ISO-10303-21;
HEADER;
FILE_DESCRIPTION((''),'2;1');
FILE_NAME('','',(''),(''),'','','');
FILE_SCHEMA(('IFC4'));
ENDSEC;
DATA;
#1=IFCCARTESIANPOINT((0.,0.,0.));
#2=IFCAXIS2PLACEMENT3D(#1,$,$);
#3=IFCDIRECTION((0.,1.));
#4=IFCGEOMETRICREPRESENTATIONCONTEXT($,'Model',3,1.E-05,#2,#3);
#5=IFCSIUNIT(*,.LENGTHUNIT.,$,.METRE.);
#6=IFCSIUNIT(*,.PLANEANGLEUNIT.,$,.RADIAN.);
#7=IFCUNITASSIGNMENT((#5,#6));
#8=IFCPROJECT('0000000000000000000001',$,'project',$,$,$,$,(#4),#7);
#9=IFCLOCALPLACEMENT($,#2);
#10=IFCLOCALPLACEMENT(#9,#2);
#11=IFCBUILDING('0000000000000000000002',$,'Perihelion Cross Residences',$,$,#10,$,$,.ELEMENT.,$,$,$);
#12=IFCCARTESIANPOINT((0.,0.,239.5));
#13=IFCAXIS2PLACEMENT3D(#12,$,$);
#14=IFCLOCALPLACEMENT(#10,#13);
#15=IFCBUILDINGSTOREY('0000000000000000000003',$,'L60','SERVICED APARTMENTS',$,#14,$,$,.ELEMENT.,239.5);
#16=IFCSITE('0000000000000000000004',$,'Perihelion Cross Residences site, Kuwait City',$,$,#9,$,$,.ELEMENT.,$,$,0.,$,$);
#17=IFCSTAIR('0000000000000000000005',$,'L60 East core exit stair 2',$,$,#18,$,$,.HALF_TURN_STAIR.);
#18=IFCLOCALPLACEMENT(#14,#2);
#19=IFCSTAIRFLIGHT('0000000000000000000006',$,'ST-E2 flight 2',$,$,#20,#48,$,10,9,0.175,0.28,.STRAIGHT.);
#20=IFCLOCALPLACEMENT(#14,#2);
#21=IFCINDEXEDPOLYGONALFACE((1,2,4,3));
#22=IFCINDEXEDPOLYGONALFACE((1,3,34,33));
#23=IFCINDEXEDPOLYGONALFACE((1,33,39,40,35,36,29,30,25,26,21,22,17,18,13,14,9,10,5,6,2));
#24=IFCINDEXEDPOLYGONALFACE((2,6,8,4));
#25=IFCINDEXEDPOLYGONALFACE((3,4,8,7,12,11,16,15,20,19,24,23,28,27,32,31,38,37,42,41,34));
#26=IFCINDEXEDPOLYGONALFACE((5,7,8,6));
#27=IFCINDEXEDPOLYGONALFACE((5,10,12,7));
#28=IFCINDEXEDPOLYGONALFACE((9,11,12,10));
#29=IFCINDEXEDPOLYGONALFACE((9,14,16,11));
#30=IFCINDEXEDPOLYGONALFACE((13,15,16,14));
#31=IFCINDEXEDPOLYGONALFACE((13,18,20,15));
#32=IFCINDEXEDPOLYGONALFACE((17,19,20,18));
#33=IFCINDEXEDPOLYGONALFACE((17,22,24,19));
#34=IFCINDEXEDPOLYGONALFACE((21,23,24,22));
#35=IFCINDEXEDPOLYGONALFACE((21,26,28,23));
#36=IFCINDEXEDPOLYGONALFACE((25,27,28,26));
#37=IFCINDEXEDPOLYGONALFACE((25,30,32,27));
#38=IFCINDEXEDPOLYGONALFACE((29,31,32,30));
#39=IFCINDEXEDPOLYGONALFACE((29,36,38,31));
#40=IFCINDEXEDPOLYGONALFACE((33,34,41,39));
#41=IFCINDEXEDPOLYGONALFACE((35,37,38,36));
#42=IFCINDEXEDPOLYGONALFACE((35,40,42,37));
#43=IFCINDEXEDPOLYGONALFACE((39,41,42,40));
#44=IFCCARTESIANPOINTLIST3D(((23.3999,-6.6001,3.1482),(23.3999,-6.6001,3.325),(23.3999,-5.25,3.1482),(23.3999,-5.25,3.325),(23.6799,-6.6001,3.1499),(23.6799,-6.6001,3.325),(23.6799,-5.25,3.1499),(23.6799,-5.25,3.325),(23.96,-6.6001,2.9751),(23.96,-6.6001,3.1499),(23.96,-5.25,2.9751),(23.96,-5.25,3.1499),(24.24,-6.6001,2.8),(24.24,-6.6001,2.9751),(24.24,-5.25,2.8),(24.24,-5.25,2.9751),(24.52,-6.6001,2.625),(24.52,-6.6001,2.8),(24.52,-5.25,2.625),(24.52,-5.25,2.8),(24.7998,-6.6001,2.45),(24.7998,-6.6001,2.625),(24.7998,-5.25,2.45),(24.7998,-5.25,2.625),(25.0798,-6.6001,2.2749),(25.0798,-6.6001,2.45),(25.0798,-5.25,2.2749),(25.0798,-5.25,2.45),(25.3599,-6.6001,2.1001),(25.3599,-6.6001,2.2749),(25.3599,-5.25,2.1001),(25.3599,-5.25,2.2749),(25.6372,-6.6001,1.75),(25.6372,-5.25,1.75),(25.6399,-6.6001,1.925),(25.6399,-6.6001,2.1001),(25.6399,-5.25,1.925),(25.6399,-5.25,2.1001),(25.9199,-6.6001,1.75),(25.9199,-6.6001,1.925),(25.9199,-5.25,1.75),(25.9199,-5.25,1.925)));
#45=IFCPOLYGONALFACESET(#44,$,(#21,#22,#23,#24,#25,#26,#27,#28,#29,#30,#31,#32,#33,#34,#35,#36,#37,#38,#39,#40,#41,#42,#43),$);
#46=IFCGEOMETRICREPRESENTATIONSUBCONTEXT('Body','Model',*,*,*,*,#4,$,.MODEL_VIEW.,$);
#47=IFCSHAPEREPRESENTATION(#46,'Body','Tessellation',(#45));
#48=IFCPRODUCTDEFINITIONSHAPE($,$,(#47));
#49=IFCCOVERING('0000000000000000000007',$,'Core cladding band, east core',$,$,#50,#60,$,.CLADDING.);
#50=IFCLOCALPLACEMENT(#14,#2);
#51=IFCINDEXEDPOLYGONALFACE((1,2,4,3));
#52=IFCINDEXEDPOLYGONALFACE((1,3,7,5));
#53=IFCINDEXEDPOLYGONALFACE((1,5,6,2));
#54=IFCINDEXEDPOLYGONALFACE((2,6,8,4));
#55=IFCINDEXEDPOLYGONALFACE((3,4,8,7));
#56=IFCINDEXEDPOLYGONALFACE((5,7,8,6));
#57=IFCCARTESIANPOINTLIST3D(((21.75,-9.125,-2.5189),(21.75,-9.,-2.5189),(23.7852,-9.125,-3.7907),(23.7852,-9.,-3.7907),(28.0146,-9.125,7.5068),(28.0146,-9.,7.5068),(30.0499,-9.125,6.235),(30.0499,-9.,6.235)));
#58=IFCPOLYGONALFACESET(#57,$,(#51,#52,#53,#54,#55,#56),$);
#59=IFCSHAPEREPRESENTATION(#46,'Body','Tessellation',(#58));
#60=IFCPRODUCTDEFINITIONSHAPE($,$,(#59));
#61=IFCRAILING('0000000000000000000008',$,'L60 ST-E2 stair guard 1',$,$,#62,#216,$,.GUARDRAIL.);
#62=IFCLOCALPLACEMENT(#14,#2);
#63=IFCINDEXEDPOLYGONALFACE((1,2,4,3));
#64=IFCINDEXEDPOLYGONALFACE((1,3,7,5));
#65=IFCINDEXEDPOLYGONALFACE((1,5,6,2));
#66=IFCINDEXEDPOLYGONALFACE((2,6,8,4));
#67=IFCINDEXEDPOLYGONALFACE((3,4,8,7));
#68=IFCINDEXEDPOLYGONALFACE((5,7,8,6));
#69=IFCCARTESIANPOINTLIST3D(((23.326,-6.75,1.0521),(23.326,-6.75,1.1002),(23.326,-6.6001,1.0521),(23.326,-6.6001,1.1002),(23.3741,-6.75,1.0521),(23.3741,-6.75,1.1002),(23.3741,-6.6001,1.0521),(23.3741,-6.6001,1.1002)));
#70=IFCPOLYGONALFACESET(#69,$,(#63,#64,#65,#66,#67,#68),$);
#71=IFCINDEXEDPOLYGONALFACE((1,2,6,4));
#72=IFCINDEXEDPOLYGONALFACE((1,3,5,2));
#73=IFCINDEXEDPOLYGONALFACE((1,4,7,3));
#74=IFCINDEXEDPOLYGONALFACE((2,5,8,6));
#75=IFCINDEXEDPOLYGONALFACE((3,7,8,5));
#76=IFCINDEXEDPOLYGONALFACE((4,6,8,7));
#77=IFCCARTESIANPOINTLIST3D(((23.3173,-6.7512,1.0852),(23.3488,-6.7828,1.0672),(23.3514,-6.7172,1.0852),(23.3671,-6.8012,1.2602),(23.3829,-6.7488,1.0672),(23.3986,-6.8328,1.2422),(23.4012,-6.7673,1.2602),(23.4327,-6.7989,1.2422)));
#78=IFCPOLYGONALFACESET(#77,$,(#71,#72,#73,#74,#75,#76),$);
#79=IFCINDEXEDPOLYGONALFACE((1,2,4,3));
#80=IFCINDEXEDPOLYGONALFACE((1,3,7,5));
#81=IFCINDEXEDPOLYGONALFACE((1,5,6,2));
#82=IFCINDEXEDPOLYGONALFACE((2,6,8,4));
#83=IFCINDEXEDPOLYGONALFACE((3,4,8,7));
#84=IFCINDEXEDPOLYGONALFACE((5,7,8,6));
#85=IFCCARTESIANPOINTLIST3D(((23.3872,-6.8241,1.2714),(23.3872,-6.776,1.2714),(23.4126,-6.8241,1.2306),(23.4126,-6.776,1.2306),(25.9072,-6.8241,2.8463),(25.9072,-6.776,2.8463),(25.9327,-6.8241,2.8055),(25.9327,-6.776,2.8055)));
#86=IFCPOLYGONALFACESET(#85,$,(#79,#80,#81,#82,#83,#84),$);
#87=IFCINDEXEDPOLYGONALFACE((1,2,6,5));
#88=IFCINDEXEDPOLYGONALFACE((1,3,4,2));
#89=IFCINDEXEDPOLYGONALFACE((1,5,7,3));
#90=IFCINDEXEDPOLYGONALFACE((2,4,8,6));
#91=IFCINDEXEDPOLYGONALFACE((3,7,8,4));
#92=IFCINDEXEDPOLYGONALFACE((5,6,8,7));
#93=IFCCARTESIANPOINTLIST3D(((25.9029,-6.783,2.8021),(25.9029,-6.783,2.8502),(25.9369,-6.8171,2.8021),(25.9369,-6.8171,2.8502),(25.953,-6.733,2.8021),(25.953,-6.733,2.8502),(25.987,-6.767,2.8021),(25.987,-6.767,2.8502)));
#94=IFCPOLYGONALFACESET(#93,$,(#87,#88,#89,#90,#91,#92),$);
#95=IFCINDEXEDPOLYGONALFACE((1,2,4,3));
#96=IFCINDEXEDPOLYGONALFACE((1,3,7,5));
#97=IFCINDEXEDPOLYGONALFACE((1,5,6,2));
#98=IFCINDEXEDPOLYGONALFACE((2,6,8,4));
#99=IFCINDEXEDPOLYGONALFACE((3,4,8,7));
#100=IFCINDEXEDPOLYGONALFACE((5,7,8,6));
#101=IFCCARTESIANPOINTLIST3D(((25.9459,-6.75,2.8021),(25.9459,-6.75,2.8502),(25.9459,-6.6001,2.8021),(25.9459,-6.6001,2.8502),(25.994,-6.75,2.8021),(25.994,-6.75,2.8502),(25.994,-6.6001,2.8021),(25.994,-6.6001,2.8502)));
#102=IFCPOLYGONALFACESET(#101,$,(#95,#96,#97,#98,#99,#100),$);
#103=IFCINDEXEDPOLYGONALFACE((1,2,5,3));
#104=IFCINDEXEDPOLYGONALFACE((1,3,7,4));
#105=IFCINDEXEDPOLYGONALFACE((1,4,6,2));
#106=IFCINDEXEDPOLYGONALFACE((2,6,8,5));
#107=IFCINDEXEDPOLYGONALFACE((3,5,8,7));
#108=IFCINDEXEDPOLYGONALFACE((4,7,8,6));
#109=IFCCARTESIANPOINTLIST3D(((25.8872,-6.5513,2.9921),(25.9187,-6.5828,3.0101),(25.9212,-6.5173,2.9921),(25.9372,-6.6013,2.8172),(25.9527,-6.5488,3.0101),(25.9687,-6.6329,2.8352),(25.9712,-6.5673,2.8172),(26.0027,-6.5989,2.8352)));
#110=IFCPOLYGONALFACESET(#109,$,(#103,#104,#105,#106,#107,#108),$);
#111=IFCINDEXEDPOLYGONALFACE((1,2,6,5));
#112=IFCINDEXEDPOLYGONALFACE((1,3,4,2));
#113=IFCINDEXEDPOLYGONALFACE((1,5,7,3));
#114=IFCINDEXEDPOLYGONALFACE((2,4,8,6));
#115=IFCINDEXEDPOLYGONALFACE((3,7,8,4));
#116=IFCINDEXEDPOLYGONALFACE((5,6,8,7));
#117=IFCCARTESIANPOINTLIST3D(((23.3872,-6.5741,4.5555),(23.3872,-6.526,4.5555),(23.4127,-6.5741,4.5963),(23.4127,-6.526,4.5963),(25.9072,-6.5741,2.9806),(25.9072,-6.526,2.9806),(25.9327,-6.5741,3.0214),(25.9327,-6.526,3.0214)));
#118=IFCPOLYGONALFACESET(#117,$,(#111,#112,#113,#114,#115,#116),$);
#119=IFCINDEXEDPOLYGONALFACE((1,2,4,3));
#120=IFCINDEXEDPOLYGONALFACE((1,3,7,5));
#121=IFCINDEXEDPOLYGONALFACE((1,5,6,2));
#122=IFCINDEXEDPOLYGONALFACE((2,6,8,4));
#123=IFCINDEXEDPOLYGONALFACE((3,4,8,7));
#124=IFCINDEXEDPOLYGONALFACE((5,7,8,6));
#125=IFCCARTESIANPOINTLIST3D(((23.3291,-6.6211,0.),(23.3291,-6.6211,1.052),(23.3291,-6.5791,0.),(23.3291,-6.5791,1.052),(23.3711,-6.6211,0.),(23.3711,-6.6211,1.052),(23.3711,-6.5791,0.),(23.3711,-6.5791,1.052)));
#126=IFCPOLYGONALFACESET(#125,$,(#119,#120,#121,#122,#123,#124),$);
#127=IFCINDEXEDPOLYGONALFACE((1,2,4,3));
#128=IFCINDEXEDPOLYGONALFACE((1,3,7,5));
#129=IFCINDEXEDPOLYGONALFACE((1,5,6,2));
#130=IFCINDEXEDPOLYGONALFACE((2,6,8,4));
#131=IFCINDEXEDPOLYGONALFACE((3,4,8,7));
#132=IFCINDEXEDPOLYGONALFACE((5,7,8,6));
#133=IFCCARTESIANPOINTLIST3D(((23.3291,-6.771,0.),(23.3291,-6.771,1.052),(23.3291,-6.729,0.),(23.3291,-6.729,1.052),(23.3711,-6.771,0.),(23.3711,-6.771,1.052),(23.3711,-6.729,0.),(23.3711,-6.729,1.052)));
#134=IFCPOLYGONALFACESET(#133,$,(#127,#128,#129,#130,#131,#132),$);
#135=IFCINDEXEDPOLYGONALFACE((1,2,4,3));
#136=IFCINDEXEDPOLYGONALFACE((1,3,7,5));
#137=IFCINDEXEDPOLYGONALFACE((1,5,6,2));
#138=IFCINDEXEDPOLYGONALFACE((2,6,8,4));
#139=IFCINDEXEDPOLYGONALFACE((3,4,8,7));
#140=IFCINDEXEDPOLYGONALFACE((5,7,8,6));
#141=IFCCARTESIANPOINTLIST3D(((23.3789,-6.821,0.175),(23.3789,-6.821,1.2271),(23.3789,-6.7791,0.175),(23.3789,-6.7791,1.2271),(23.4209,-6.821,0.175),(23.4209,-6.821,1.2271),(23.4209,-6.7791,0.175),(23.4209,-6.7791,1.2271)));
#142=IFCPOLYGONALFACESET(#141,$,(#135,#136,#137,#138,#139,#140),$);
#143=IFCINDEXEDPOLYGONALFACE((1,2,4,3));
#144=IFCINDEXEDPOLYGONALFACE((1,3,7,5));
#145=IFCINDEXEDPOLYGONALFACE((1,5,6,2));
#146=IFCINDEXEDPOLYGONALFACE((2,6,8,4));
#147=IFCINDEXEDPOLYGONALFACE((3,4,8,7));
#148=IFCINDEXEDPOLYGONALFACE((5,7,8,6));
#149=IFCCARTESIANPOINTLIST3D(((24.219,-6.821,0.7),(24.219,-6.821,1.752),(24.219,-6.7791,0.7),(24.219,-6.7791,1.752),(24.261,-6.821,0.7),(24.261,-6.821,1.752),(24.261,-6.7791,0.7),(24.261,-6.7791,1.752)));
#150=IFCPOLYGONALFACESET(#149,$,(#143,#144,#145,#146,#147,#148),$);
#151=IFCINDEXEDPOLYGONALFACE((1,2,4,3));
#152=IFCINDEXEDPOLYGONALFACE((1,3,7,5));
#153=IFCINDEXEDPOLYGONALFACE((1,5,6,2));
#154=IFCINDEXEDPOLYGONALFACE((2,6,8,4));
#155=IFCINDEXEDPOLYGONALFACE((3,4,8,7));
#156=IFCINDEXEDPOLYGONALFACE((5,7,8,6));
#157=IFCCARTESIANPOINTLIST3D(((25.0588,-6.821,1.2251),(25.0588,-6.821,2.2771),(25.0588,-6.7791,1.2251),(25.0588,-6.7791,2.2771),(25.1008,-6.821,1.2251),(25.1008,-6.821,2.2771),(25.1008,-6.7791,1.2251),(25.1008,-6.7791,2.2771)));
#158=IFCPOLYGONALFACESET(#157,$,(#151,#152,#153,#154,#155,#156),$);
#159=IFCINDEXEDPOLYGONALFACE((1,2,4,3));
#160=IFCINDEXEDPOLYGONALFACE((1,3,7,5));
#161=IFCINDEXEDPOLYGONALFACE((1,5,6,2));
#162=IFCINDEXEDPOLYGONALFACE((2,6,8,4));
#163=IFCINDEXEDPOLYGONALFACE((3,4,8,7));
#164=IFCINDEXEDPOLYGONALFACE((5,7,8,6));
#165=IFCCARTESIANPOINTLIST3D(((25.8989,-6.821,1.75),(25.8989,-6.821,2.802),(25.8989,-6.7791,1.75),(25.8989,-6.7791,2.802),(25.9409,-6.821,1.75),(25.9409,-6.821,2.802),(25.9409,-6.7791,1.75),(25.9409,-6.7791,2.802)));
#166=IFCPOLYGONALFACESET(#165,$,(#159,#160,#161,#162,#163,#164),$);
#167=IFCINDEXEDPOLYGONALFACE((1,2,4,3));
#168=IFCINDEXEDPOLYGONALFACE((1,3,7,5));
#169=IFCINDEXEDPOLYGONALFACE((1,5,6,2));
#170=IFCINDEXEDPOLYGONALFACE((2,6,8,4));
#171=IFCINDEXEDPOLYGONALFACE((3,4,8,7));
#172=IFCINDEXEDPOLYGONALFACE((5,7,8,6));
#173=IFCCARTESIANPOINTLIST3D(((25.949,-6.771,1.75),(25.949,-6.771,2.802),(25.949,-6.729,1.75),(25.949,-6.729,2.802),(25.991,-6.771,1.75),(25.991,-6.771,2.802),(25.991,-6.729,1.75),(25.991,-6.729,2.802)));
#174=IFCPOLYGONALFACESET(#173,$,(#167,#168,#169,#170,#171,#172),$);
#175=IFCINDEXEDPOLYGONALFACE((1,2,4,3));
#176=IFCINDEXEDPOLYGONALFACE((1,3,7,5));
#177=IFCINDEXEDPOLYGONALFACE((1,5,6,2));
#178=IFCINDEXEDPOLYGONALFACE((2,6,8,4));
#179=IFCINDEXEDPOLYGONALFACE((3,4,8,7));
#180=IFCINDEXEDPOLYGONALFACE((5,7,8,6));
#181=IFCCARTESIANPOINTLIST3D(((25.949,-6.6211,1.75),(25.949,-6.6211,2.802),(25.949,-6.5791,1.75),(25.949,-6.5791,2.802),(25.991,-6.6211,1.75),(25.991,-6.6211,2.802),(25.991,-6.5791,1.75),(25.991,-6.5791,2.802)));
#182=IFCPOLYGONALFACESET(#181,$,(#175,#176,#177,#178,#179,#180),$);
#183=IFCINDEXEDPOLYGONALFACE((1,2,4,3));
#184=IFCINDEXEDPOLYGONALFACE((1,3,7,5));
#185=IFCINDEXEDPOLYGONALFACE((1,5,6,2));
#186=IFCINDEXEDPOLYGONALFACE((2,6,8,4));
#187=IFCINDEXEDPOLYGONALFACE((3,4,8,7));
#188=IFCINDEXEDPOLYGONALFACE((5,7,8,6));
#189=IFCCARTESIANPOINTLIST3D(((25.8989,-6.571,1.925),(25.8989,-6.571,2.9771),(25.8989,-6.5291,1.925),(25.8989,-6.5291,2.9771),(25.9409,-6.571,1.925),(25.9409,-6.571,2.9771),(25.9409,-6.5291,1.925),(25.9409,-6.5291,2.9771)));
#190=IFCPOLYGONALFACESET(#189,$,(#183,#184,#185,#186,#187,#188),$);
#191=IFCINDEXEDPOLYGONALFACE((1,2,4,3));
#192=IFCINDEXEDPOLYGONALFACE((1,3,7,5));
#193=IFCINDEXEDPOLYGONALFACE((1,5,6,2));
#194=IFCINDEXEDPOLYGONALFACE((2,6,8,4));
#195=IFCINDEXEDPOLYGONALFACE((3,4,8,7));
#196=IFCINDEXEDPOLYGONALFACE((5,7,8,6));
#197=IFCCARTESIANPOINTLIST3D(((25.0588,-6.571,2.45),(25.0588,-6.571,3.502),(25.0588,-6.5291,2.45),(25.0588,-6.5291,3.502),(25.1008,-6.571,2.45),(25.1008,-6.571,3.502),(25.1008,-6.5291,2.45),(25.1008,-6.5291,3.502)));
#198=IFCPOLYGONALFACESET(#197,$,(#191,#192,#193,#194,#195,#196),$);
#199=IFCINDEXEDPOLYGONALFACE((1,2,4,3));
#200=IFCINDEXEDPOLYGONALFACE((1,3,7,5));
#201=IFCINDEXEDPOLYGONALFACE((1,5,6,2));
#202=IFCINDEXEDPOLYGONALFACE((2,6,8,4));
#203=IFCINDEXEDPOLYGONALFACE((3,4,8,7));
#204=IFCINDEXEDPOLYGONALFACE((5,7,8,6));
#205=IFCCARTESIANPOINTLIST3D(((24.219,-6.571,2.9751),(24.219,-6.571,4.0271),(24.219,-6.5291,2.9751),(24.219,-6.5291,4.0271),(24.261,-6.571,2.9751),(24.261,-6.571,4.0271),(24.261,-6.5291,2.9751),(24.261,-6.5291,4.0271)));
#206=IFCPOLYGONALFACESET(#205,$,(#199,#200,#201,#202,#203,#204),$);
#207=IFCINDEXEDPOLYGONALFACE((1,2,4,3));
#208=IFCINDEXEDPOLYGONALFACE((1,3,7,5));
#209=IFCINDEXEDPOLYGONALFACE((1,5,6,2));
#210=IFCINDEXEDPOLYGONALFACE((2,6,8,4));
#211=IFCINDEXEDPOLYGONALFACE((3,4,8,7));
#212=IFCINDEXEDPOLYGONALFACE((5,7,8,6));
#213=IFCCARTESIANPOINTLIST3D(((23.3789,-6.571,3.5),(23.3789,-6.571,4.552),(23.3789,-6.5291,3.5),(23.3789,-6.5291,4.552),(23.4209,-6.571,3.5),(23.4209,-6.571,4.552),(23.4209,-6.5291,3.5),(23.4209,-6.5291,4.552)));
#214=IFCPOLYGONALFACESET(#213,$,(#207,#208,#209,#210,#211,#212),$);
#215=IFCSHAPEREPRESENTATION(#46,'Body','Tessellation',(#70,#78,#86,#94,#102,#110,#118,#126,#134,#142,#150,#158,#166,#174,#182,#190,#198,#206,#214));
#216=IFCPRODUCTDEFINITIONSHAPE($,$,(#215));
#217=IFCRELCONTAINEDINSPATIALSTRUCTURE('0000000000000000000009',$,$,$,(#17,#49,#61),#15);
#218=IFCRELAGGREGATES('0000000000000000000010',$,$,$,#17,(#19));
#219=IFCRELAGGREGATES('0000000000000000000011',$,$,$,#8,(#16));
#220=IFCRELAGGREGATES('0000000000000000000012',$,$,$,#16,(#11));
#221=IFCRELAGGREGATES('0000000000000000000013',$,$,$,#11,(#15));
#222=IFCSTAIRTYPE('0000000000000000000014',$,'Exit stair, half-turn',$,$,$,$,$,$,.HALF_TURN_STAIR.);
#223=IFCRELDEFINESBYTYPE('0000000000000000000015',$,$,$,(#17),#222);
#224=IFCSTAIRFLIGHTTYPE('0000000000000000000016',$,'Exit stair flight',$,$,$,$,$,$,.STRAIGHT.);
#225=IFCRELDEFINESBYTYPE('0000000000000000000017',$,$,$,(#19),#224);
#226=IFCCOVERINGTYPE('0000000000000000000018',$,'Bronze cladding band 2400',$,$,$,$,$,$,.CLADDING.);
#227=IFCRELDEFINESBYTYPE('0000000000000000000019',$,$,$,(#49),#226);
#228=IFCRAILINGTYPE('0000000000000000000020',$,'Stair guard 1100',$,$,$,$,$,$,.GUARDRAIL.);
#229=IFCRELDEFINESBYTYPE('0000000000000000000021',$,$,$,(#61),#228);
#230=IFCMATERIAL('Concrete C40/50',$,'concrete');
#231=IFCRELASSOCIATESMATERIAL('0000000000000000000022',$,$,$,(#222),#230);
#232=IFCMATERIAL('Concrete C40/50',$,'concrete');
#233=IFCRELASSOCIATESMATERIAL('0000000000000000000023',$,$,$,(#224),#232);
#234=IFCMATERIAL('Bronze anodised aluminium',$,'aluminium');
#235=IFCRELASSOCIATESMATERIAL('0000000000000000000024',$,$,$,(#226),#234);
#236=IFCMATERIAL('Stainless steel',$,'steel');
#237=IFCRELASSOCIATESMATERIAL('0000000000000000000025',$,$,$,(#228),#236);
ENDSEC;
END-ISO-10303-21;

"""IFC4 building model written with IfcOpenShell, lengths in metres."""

from ifc_helpers import new_model, si_unit, direction, frame, origin, origin_2d, place, context, subcontext, project, spatial, polyline, rectangle, outline, extrude, material, material_profile, profile_set, type_object, element, aggregate, save


model = new_model("IFC4")

# Units and contexts
model_context = context("Model", 3, precision=1e-05, world=origin(), true_north=direction((0.0, 1.0)))
body_context = subcontext(model_context, "Body", "Model", "MODEL_VIEW")
ifc_project = project(units=[si_unit("LENGTHUNIT", "METRE"), si_unit("PLANEANGLEUNIT", "RADIAN")], contexts=[model_context])

# Site, building, storey
site_placement = place(None, origin())
site = spatial("IfcSite", under=ifc_project, at=site_placement, Name="Perihelion Cross Residences site, Kuwait City", CompositionType="ELEMENT", RefElevation=0.0)
building_placement = place(site_placement, origin())
building = spatial("IfcBuilding", under=site, at=building_placement, Name="Perihelion Cross Residences", CompositionType="ELEMENT")
storey_placement = place(building_placement, frame((0.0, 0.0, 239.5)))
storey = spatial("IfcBuildingStorey", under=building, at=storey_placement, Name="L60", Description="SERVICED APARTMENTS", CompositionType="ELEMENT", Elevation=239.5)

# Stair, stair flight
ifc_material_1 = material(Name="Concrete C40/50", Category="concrete")
stair_type = type_object("IfcStairType", Name="Exit stair, half-turn", PredefinedType="HALF_TURN_STAIR", material=ifc_material_1)
stair_placement = place(storey_placement, origin())
stair = element("IfcStair", 1, at=stair_placement, inside=storey, type_object=stair_type, Name="L60 East core exit stair 2", PredefinedType="HALF_TURN_STAIR")
ifc_material_2 = material(Name="Concrete C40/50", Category="concrete")
stair_flight_type = type_object("IfcStairFlightType", Name="Exit stair flight", PredefinedType="STRAIGHT", material=ifc_material_2)
stair_flight_1_placement = place(storey_placement, frame((25.9199, -5.925, 1.75), z_axis=(0.0, 0.0, 1.0), x_axis=(-1.0, 0.0, 0.0)))
stair_flight_1 = element("IfcStairFlight", 2, at=stair_flight_1_placement, type_object=stair_flight_type, Name="ST-E2 flight 2", NumberOfRisers=10, NumberOfTreads=9, PredefinedType="STRAIGHT", RiserHeight=0.175, TreadLength=0.28, context=body_context, shape_type="SweptSolid", body=[
    extrude(outline(polyline([(0.0, 0.0), (0.0, 0.175), (0.28, 0.175), (0.28, 0.3501), (0.5601, 0.3501), (0.5601, 0.5249), (0.8401, 0.5249), (0.8401, 0.7), (1.1201, 0.7), (1.1201, 0.875), (1.3999, 0.875), (1.3999, 1.05), (1.6799, 1.05), (1.6799, 1.2251), (1.96, 1.2251), (1.96, 1.3999), (2.24, 1.3999), (2.24, 1.575), (2.52, 1.575), (2.52, 1.75), (2.52, 1.3982), (0.2827, 0.0), (0.0, 0.0)])), frame((0.0, 0.675, 0.0), z_axis=(0.0, -1.0, 0.0), x_axis=(1.0, 0.0, 0.0)), (0.0, 0.0, 1.0), 1.3501),
])
aggregate(stair, [stair_flight_1])

# Covering
ifc_material_3 = material(Name="Bronze anodised aluminium", Category="aluminium")
ifc_material_profile_1 = material_profile(ifc_material_3, rectangle(XDim=0.125, YDim=2.3999, at=origin_2d()), Name="Bronze cladding band 2400")
ifc_profile_set_1 = profile_set([ifc_material_profile_1], Name="Bronze anodised aluminium")
covering_type = type_object("IfcCoveringType", Name="Bronze cladding band 2400", PredefinedType="CLADDING", material=ifc_profile_set_1)
covering_placement = place(storey_placement, frame((22.7676, -9.0625, -3.1548), z_axis=(0.529915, 0.0, 0.848051), x_axis=(0.0, 1.0, 0.0)))
element("IfcCovering", 3, at=covering_placement, inside=storey, type_object=covering_type, Name="Core cladding band, east core", PredefinedType="CLADDING", context=body_context, shape_type="SweptSolid", body=[
    extrude(rectangle(XDim=0.125, YDim=2.3999, at=origin_2d()), origin(), (0.0, 0.0, 1.0), 11.822),
])

# Railing
ifc_material_4 = material(Name="Stainless steel", Category="steel")
railing_type_1 = type_object("IfcRailingType", Name="Stair guard 1100", PredefinedType="GUARDRAIL", material=ifc_material_4)
railing_1_placement = place(storey_placement, frame((23.3501, -6.6001, 0.0)))
element("IfcRailing", 4, at=railing_1_placement, inside=storey, type_object=railing_type_1, Name="L60 ST-E2 stair guard 1", PredefinedType="GUARDRAIL", context=body_context, shape_type="SweptSolid", body=[
    extrude(rectangle(XDim=0.0481, YDim=0.0481, at=origin_2d()), frame((0.0, 0.0, 1.0762), z_axis=(0.0, -1.0, 0.0), x_axis=(1.0, 0.0, 0.0)), (0.0, 0.0, 1.0), 0.1499),
    extrude(rectangle(XDim=0.0481, YDim=0.0481, at=origin_2d()), frame((0.0, -0.1499, 1.0762), z_axis=(0.263862, -0.265156, 0.927399), x_axis=(0.708834, 0.705376, 0.0)), (0.0, 0.0, 1.0), 0.1887),
    extrude(rectangle(XDim=0.0481, YDim=0.0481, at=origin_2d()), frame((0.0498, -0.2, 1.251), z_axis=(0.848008, 0.0, 0.529984), x_axis=(0.0, 1.0, 0.0)), (0.0, 0.0, 1.0), 2.9717),
    extrude(rectangle(XDim=0.0481, YDim=0.0481, at=origin_2d()), frame((2.5698, -0.2, 2.8262), z_axis=(0.707107, 0.707107, 0.0), x_axis=(-0.707107, 0.707107, 0.0)), (0.0, 0.0, 1.0), 0.0708),
    extrude(rectangle(XDim=0.0481, YDim=0.0481, at=origin_2d()), frame((2.6199, -0.1499, 2.8262), z_axis=(0.0, 1.0, 0.0), x_axis=(-1.0, 0.0, 0.0)), (0.0, 0.0, 1.0), 0.1499),
    extrude(rectangle(XDim=0.0481, YDim=0.0481, at=origin_2d()), frame((2.6199, 0.0, 2.8262), z_axis=(-0.265065, 0.265065, 0.927082), x_axis=(-0.707107, -0.707107, 0.0)), (0.0, 0.0, 1.0), 0.1887),
    extrude(rectangle(XDim=0.0481, YDim=0.0481, at=origin_2d()), frame((2.5698, 0.05, 3.001), z_axis=(-0.848008, 0.0, 0.529984), x_axis=(0.0, -1.0, 0.0)), (0.0, 0.0, 1.0), 2.9717),
    extrude(rectangle(XDim=0.042, YDim=0.042, at=origin_2d()), origin(), (0.0, 0.0, 1.0), 1.052),
    extrude(rectangle(XDim=0.042, YDim=0.042, at=origin_2d()), frame((0.0, -0.1499, 0.0)), (0.0, 0.0, 1.0), 1.052),
    extrude(rectangle(XDim=0.042, YDim=0.042, at=origin_2d()), frame((0.0498, -0.2, 0.175)), (0.0, 0.0, 1.0), 1.052),
    extrude(rectangle(XDim=0.042, YDim=0.042, at=origin_2d()), frame((0.8899, -0.2, 0.7)), (0.0, 0.0, 1.0), 1.052),
    extrude(rectangle(XDim=0.042, YDim=0.042, at=origin_2d()), frame((1.7297, -0.2, 1.2251)), (0.0, 0.0, 1.0), 1.052),
    extrude(rectangle(XDim=0.042, YDim=0.042, at=origin_2d()), frame((2.5698, -0.2, 1.75)), (0.0, 0.0, 1.0), 1.052),
    extrude(rectangle(XDim=0.042, YDim=0.042, at=origin_2d()), frame((2.6199, -0.1499, 1.75)), (0.0, 0.0, 1.0), 1.052),
    extrude(rectangle(XDim=0.042, YDim=0.042, at=origin_2d()), frame((2.6199, 0.0, 1.75)), (0.0, 0.0, 1.0), 1.052),
    extrude(rectangle(XDim=0.042, YDim=0.042, at=origin_2d()), frame((2.5698, 0.05, 1.925)), (0.0, 0.0, 1.0), 1.052),
    extrude(rectangle(XDim=0.042, YDim=0.042, at=origin_2d()), frame((1.7297, 0.05, 2.45)), (0.0, 0.0, 1.0), 1.052),
    extrude(rectangle(XDim=0.042, YDim=0.042, at=origin_2d()), frame((0.8899, 0.05, 2.9751)), (0.0, 0.0, 1.0), 1.052),
    extrude(rectangle(XDim=0.042, YDim=0.042, at=origin_2d()), frame((0.0498, 0.05, 3.5)), (0.0, 0.0, 1.0), 1.052),
])

save(model, "model.ifc")
